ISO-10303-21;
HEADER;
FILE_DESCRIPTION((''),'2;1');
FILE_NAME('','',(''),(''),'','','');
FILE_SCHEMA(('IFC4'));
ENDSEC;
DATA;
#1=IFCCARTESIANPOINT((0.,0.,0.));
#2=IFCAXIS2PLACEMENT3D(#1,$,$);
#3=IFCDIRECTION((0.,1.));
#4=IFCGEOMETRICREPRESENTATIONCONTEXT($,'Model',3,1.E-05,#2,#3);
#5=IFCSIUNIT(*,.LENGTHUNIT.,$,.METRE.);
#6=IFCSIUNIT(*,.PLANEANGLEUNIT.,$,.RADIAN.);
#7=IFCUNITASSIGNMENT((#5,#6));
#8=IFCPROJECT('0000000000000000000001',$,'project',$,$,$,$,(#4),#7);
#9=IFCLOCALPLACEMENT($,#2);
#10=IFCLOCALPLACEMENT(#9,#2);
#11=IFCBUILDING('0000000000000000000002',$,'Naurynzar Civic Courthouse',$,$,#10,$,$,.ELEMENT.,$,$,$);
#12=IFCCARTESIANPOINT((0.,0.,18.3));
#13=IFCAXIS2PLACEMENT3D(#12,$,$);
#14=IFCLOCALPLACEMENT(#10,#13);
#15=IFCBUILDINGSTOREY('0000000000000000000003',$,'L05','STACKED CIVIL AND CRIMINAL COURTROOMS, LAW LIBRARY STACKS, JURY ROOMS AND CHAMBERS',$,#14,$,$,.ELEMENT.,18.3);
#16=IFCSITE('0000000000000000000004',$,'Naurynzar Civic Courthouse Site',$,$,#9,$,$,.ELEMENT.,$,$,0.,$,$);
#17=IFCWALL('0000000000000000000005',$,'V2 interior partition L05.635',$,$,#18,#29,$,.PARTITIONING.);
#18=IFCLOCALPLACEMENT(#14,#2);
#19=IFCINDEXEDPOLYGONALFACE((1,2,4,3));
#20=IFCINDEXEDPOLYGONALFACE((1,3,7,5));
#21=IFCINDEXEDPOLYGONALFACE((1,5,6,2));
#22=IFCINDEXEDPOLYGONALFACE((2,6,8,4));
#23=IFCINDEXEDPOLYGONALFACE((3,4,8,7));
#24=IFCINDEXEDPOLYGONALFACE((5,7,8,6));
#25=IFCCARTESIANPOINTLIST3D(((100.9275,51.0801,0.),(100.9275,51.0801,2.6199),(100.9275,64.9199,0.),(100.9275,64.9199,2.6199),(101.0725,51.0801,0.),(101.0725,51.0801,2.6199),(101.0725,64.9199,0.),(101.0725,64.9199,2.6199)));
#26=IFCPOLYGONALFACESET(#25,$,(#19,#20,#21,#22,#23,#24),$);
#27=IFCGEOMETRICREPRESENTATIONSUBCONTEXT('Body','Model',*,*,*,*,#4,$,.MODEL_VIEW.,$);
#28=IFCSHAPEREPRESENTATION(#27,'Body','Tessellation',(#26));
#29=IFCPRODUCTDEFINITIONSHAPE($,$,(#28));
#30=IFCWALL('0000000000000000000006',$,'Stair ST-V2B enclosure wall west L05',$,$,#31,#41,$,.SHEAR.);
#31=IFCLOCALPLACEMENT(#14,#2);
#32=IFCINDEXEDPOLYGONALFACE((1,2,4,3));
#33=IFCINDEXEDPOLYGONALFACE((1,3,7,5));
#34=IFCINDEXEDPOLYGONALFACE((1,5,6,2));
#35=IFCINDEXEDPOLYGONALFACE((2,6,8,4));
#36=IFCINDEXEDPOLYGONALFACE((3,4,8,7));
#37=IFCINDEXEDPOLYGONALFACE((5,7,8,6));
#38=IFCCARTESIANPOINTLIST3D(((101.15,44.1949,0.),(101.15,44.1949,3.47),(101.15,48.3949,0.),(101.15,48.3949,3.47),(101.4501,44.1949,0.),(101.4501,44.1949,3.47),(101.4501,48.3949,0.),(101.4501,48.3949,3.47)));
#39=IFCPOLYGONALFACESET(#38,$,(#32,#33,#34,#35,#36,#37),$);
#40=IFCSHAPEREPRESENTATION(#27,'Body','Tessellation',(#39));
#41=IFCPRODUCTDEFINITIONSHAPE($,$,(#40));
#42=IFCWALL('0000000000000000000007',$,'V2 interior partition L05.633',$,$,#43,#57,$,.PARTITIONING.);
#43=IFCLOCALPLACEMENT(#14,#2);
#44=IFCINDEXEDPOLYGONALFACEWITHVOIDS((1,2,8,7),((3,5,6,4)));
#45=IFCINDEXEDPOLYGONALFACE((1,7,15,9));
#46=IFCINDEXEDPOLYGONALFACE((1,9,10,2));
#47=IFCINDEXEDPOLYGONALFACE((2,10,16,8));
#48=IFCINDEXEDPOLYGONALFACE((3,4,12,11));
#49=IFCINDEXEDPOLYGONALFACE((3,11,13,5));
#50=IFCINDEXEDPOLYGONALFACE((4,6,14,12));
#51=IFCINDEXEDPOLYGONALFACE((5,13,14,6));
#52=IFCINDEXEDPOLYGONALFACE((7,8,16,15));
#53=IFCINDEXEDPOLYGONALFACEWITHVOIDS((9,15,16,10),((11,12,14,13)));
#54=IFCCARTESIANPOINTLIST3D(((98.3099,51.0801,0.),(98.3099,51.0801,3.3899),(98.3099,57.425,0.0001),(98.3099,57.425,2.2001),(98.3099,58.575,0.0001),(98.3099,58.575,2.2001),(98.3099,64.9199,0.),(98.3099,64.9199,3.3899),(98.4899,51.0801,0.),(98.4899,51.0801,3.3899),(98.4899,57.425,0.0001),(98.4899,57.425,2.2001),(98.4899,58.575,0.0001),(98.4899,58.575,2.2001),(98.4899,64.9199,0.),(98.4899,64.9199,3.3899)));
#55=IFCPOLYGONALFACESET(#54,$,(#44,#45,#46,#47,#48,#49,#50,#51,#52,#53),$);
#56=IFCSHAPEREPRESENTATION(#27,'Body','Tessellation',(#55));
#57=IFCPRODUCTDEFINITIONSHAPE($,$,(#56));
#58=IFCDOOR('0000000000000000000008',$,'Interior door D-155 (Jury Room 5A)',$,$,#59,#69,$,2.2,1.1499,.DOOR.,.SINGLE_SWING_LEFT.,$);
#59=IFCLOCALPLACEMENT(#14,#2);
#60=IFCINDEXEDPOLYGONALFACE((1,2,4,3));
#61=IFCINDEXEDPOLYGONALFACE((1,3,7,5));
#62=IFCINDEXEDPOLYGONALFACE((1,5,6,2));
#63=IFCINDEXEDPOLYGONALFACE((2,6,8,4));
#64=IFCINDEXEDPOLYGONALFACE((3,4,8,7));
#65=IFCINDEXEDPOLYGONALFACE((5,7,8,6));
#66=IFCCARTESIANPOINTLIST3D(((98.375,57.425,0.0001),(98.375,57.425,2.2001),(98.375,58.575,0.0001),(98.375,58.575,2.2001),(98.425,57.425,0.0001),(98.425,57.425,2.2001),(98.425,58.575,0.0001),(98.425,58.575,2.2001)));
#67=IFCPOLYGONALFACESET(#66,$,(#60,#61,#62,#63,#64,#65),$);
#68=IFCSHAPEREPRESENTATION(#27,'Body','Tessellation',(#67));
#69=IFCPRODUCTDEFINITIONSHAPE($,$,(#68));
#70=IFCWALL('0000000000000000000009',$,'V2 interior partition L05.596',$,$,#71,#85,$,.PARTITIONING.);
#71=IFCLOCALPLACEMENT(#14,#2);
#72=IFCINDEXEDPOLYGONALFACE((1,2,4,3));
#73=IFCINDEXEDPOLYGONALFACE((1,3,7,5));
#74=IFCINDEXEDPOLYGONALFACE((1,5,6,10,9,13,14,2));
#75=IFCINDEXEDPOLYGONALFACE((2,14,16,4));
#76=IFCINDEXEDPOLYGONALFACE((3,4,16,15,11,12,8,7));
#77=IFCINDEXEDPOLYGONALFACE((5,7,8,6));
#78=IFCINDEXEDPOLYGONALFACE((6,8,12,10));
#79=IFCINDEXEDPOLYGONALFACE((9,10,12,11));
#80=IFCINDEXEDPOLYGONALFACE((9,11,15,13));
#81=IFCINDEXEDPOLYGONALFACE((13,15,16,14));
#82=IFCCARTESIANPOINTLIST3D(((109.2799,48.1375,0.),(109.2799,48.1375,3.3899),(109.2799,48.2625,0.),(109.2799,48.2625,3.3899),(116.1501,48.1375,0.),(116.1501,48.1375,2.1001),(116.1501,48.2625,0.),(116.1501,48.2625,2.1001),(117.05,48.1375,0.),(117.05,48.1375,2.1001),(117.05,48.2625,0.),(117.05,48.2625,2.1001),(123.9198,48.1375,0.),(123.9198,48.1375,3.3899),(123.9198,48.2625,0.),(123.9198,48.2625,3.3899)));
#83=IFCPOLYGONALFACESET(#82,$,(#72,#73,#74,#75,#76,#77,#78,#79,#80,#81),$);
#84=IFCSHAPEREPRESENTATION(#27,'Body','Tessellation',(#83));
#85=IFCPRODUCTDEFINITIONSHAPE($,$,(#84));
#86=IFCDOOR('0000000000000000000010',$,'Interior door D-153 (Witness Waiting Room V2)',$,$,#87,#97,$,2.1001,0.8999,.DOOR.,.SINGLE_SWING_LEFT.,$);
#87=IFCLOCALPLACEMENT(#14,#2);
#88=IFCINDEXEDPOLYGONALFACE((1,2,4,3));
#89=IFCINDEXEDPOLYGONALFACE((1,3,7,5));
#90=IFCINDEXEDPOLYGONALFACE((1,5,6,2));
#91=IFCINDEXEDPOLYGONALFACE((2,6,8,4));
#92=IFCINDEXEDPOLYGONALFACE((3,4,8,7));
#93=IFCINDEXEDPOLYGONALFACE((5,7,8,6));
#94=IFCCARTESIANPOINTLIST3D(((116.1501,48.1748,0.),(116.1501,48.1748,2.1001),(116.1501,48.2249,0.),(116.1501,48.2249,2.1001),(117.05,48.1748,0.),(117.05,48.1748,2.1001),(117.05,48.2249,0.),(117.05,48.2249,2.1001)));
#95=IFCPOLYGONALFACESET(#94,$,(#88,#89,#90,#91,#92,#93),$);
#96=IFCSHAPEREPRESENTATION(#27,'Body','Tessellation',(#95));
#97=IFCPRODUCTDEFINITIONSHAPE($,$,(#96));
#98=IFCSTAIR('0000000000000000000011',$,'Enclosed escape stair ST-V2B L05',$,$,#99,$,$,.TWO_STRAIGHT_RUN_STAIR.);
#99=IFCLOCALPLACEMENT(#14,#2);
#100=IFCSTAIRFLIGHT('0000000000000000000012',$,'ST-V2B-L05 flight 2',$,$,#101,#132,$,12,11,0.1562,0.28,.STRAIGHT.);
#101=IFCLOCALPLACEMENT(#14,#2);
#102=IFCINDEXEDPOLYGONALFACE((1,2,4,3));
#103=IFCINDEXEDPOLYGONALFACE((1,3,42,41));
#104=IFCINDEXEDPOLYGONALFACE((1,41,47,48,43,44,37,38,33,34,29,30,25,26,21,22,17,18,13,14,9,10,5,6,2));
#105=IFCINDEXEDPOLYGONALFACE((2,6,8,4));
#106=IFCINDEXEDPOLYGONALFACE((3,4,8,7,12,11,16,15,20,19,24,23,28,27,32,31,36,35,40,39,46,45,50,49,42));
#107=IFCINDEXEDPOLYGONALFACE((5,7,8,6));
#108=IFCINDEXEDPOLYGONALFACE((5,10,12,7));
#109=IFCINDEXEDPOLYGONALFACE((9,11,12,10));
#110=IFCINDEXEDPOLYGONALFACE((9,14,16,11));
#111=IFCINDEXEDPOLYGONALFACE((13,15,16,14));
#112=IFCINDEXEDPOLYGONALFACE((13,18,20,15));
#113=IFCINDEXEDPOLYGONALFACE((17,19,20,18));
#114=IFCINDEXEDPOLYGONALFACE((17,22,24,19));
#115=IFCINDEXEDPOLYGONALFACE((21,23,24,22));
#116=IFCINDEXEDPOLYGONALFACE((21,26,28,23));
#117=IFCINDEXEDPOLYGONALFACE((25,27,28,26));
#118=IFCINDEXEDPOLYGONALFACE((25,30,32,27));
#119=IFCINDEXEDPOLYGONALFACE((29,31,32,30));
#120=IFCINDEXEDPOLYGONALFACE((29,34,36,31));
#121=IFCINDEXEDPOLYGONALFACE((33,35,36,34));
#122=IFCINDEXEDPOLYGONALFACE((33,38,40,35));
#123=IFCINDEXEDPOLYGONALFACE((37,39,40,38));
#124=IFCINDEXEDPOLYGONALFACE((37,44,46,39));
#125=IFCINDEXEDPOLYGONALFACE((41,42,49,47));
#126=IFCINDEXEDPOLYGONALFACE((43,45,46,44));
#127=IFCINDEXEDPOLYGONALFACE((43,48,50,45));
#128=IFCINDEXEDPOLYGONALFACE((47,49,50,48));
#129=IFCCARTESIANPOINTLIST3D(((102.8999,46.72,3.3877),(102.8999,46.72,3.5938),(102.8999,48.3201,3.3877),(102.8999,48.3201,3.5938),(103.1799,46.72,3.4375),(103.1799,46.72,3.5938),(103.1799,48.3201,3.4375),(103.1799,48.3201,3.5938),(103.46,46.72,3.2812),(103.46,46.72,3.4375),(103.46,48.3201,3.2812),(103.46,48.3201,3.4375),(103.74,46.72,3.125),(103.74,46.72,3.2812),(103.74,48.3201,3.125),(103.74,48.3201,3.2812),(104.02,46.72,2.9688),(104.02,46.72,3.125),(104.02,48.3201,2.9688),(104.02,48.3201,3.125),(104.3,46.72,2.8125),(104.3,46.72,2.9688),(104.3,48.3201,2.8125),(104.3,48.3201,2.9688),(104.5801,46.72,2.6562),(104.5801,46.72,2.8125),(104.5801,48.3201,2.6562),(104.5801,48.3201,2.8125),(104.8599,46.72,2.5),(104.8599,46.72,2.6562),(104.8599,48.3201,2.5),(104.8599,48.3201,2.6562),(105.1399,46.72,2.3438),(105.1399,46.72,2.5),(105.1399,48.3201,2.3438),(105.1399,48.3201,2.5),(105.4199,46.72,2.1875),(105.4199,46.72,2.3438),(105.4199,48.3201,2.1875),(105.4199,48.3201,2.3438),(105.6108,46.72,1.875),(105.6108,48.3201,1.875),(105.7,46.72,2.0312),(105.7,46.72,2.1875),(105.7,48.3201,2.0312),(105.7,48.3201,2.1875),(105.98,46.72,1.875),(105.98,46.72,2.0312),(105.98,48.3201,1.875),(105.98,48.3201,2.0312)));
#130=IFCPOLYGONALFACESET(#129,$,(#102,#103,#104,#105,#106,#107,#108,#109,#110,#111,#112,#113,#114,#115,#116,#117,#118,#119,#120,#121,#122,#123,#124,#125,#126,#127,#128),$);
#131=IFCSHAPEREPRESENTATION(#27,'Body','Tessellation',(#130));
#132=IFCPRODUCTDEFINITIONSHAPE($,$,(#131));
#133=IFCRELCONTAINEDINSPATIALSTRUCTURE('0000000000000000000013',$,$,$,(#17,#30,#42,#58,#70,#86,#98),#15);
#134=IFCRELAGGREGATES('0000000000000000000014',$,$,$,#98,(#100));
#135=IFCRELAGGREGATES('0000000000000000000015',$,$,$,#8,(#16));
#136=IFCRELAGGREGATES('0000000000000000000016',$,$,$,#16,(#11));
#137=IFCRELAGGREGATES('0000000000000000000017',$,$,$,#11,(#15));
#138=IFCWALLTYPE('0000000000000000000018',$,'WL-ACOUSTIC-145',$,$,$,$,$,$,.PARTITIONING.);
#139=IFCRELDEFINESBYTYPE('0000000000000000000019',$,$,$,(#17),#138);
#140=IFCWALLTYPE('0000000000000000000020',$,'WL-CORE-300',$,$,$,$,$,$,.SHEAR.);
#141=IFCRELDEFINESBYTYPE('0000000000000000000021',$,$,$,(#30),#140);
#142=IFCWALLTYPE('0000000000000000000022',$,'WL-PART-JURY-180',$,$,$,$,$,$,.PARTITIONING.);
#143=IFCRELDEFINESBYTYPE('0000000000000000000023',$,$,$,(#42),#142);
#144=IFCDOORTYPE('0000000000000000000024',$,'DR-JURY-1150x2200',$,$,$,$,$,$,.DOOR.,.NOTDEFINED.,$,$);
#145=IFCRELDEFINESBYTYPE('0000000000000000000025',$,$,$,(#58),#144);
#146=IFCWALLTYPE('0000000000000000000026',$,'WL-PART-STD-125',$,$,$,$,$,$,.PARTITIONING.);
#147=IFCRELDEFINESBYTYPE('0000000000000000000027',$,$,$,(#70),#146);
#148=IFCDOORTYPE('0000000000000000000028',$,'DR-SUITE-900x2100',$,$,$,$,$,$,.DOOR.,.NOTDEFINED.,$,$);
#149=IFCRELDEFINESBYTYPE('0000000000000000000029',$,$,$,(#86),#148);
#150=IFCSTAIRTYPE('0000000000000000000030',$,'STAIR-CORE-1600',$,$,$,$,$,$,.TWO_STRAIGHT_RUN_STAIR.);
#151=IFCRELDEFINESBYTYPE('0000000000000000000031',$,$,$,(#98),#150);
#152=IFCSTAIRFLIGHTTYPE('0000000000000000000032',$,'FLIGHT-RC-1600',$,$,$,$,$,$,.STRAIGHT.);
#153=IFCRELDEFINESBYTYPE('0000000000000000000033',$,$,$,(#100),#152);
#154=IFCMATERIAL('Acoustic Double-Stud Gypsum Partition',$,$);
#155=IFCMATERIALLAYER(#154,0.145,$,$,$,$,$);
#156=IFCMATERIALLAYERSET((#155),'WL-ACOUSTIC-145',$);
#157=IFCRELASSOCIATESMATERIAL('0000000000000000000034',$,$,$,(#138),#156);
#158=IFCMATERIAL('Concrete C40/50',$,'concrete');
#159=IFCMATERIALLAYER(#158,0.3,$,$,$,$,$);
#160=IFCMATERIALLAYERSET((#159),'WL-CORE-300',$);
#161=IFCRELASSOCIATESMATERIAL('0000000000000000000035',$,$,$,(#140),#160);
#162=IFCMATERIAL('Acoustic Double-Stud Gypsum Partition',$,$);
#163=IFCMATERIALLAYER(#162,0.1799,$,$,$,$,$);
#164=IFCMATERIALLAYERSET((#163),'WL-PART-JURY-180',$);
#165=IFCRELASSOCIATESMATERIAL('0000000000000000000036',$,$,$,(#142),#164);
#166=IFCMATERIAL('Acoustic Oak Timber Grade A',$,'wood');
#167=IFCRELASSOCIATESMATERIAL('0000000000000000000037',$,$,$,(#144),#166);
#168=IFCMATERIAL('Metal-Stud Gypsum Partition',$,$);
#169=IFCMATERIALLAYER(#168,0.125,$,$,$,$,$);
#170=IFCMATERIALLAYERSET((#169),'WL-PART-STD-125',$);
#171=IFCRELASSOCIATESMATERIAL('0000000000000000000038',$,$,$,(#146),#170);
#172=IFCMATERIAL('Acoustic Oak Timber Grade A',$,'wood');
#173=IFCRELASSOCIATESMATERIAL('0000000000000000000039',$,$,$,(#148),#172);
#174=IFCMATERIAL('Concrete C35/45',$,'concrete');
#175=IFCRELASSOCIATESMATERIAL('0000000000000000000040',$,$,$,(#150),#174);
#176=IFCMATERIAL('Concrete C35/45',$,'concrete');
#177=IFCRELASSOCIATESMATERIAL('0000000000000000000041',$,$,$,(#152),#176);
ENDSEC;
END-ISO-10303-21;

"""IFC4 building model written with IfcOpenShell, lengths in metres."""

from ifc_helpers import new_model, si_unit, direction, frame, frame_2d, origin, place, context, subcontext, project, spatial, polyline, rectangle, outline, extrude, material, layer, layer_set, type_object, element, fill, aggregate, save


model = new_model("IFC4")

# Units and contexts
model_context = context("Model", 3, precision=1e-05, world=origin(), true_north=direction((0.0, 1.0)))
body_context = subcontext(model_context, "Body", "Model", "MODEL_VIEW")
ifc_project = project(units=[si_unit("LENGTHUNIT", "METRE"), si_unit("PLANEANGLEUNIT", "RADIAN")], contexts=[model_context])

# Site, building, storey
site_placement = place(None, origin())
site = spatial("IfcSite", under=ifc_project, at=site_placement, Name="Naurynzar Civic Courthouse Site", CompositionType="ELEMENT", RefElevation=0.0)
building_placement = place(site_placement, origin())
building = spatial("IfcBuilding", under=site, at=building_placement, Name="Naurynzar Civic Courthouse", CompositionType="ELEMENT")
storey_placement = place(building_placement, frame((0.0, 0.0, 18.3)))
storey = spatial("IfcBuildingStorey", under=building, at=storey_placement, Name="L05", Description="STACKED CIVIL AND CRIMINAL COURTROOMS, LAW LIBRARY STACKS, JURY ROOMS AND CHAMBERS", CompositionType="ELEMENT", Elevation=18.3)

# Shared definitions
ifc_material_1 = material(Name="Acoustic Double-Stud Gypsum Partition")
ifc_layer_1 = layer(ifc_material_1, 0.145)
ifc_layer_set_1 = layer_set([ifc_layer_1], Name="WL-ACOUSTIC-145")
wall_type_1 = type_object("IfcWallType", Name="WL-ACOUSTIC-145", PredefinedType="PARTITIONING", material=ifc_layer_set_1)

# Wall
wall_1_placement = place(storey_placement, frame((101.0, 51.0801, 0.0), z_axis=(0.0, 0.0, 1.0), x_axis=(0.0, 1.0, 0.0)))
element("IfcWall", 1, at=wall_1_placement, inside=storey, type_object=wall_type_1, Name="V2 interior partition L05.635", PredefinedType="PARTITIONING", context=body_context, shape_type="SweptSolid", body=[
    extrude(rectangle(XDim=13.8398, YDim=0.145, at=frame_2d((6.9199, 0.0))), origin(), (0.0, 0.0, 1.0), 2.6199),
])

# Shared definitions
ifc_material_2 = material(Name="Concrete C40/50", Category="concrete")
ifc_layer_2 = layer(ifc_material_2, 0.3)
ifc_layer_set_2 = layer_set([ifc_layer_2], Name="WL-CORE-300")
wall_type_2 = type_object("IfcWallType", Name="WL-CORE-300", PredefinedType="SHEAR", material=ifc_layer_set_2)

# Wall
wall_2_placement = place(storey_placement, frame((101.3, 48.395, 0.0), z_axis=(0.0, 0.0, 1.0), x_axis=(0.0, -1.0, 0.0)))
element("IfcWall", 2, at=wall_2_placement, inside=storey, type_object=wall_type_2, Name="Stair ST-V2B enclosure wall west L05", PredefinedType="SHEAR", context=body_context, shape_type="SweptSolid", body=[
    extrude(rectangle(XDim=4.2, YDim=0.3, at=frame_2d((2.1001, 0.0))), origin(), (0.0, 0.0, 1.0), 3.47),
])

# Walls, openings, doors
ifc_material_3 = material(Name="Acoustic Double-Stud Gypsum Partition")
ifc_layer_3 = layer(ifc_material_3, 0.1799)
ifc_layer_set_3 = layer_set([ifc_layer_3], Name="WL-PART-JURY-180")
wall_type_3 = type_object("IfcWallType", Name="WL-PART-JURY-180", PredefinedType="PARTITIONING", material=ifc_layer_set_3)
wall_3_placement = place(storey_placement, frame((98.3999, 51.0801, 0.0), z_axis=(0.0, 0.0, 1.0), x_axis=(0.0, 1.0, 0.0)))
wall_3 = element("IfcWall", 3, at=wall_3_placement, inside=storey, type_object=wall_type_3, Name="V2 interior partition L05.633", PredefinedType="PARTITIONING", context=body_context, shape_type="SweptSolid", body=[
    extrude(rectangle(XDim=13.8398, YDim=0.1799, at=frame_2d((6.9199, 0.0))), origin(), (0.0, 0.0, 1.0), 3.3899),
])
opening_1_placement = place(wall_3_placement, frame((6.345, 0.0, 0.0)))
opening_1 = element("IfcOpeningElement", 4, at=opening_1_placement, cuts=wall_3, PredefinedType="OPENING", context=body_context, shape_type="SweptSolid", body=[
    extrude(rectangle(XDim=1.1499, YDim=2.2, at=frame_2d((0.575, 1.1001))), frame((0.0, 0.0999, 0.0), z_axis=(0.0, -1.0, 0.0), x_axis=(1.0, 0.0, 0.0)), (0.0, 0.0, 1.0), 0.2),
])
ifc_material_4 = material(Name="Acoustic Oak Timber Grade A", Category="wood")
door_type_1 = type_object("IfcDoorType", Name="DR-JURY-1150x2200", OperationType="NOTDEFINED", PredefinedType="DOOR", material=ifc_material_4)
door_1_placement = place(opening_1_placement, origin())
door_1 = element("IfcDoor", 5, at=door_1_placement, inside=storey, type_object=door_type_1, Name="Interior door D-155 (Jury Room 5A)", OperationType="SINGLE_SWING_LEFT", OverallHeight=2.2, OverallWidth=1.1499, PredefinedType="DOOR", context=body_context, shape_type="SweptSolid", body=[
    extrude(rectangle(XDim=1.1499, YDim=2.2, at=frame_2d((0.575, 1.1001))), frame((0.0, 0.0249, 0.0), z_axis=(0.0, -1.0, 0.0), x_axis=(1.0, 0.0, 0.0)), (0.0, 0.0, 1.0), 0.05),
])
fill(opening_1, door_1)
ifc_material_5 = material(Name="Metal-Stud Gypsum Partition")
ifc_layer_4 = layer(ifc_material_5, 0.125)
ifc_layer_set_4 = layer_set([ifc_layer_4], Name="WL-PART-STD-125")
wall_type_4 = type_object("IfcWallType", Name="WL-PART-STD-125", PredefinedType="PARTITIONING", material=ifc_layer_set_4)
wall_4_placement = place(storey_placement, frame((109.28, 48.2, 0.0), z_axis=(0.0, 0.0, 1.0), x_axis=(1.0, 0.0, 0.0)))
wall_4 = element("IfcWall", 6, at=wall_4_placement, inside=storey, type_object=wall_type_4, Name="V2 interior partition L05.596", PredefinedType="PARTITIONING", context=body_context, shape_type="SweptSolid", body=[
    extrude(rectangle(XDim=14.6399, YDim=0.125, at=frame_2d((7.3198, 0.0))), origin(), (0.0, 0.0, 1.0), 3.3899),
])
opening_2_placement = place(wall_4_placement, frame((6.8701, 0.0, 0.0)))
opening_2 = element("IfcOpeningElement", 7, at=opening_2_placement, cuts=wall_4, PredefinedType="OPENING", context=body_context, shape_type="SweptSolid", body=[
    extrude(rectangle(XDim=0.8999, YDim=2.1001, at=frame_2d((0.45, 1.05))), frame((0.0, 0.0725, 0.0), z_axis=(0.0, -1.0, 0.0), x_axis=(1.0, 0.0, 0.0)), (0.0, 0.0, 1.0), 0.145),
])
ifc_material_6 = material(Name="Acoustic Oak Timber Grade A", Category="wood")
door_type_2 = type_object("IfcDoorType", Name="DR-SUITE-900x2100", OperationType="NOTDEFINED", PredefinedType="DOOR", material=ifc_material_6)
door_2_placement = place(opening_2_placement, origin())
door_2 = element("IfcDoor", 8, at=door_2_placement, inside=storey, type_object=door_type_2, Name="Interior door D-153 (Witness Waiting Room V2)", OperationType="SINGLE_SWING_LEFT", OverallHeight=2.1001, OverallWidth=0.8999, PredefinedType="DOOR", context=body_context, shape_type="SweptSolid", body=[
    extrude(rectangle(XDim=0.8999, YDim=2.1001, at=frame_2d((0.45, 1.05))), frame((0.0, 0.0249, 0.0), z_axis=(0.0, -1.0, 0.0), x_axis=(1.0, 0.0, 0.0)), (0.0, 0.0, 1.0), 0.05),
])
fill(opening_2, door_2)

# Stair, stair flight
ifc_material_7 = material(Name="Concrete C35/45", Category="concrete")
stair_type = type_object("IfcStairType", Name="STAIR-CORE-1600", PredefinedType="TWO_STRAIGHT_RUN_STAIR", material=ifc_material_7)
stair_placement = place(storey_placement, origin())
stair = element("IfcStair", 9, at=stair_placement, inside=storey, type_object=stair_type, Name="Enclosed escape stair ST-V2B L05", PredefinedType="TWO_STRAIGHT_RUN_STAIR")
ifc_material_8 = material(Name="Concrete C35/45", Category="concrete")
stair_flight_type = type_object("IfcStairFlightType", Name="FLIGHT-RC-1600", PredefinedType="STRAIGHT", material=ifc_material_8)
stair_flight_placement = place(storey_placement, frame((105.98, 47.52, 1.875), z_axis=(0.0, 0.0, 1.0), x_axis=(-1.0, 0.0, 0.0)))
stair_flight = element("IfcStairFlight", 10, at=stair_flight_placement, type_object=stair_flight_type, Name="ST-V2B-L05 flight 2", NumberOfRisers=12, NumberOfTreads=11, PredefinedType="STRAIGHT", RiserHeight=0.1562, TreadLength=0.28, context=body_context, shape_type="SweptSolid", body=[
    extrude(outline(polyline([(0.0, 0.0), (0.0, 0.1562), (0.28, 0.1562), (0.28, 0.3125), (0.5601, 0.3125), (0.5601, 0.4688), (0.8401, 0.4688), (0.8401, 0.625), (1.1201, 0.625), (1.1201, 0.7812), (1.3999, 0.7812), (1.3999, 0.9375), (1.6799, 0.9375), (1.6799, 1.0938), (1.96, 1.0938), (1.96, 1.25), (2.24, 1.25), (2.24, 1.4062), (2.52, 1.4062), (2.52, 1.5625), (2.8, 1.5625), (2.8, 1.7188), (3.0801, 1.7188), (3.0801, 1.875), (3.0801, 1.5127), (0.3691, 0.0), (0.0, 0.0)])), frame((0.0, 0.8, 0.0), z_axis=(0.0, -1.0, 0.0), x_axis=(1.0, 0.0, 0.0)), (0.0, 0.0, 1.0), 1.6001),
])
aggregate(stair, [stair_flight])

save(model, "model.ifc")
